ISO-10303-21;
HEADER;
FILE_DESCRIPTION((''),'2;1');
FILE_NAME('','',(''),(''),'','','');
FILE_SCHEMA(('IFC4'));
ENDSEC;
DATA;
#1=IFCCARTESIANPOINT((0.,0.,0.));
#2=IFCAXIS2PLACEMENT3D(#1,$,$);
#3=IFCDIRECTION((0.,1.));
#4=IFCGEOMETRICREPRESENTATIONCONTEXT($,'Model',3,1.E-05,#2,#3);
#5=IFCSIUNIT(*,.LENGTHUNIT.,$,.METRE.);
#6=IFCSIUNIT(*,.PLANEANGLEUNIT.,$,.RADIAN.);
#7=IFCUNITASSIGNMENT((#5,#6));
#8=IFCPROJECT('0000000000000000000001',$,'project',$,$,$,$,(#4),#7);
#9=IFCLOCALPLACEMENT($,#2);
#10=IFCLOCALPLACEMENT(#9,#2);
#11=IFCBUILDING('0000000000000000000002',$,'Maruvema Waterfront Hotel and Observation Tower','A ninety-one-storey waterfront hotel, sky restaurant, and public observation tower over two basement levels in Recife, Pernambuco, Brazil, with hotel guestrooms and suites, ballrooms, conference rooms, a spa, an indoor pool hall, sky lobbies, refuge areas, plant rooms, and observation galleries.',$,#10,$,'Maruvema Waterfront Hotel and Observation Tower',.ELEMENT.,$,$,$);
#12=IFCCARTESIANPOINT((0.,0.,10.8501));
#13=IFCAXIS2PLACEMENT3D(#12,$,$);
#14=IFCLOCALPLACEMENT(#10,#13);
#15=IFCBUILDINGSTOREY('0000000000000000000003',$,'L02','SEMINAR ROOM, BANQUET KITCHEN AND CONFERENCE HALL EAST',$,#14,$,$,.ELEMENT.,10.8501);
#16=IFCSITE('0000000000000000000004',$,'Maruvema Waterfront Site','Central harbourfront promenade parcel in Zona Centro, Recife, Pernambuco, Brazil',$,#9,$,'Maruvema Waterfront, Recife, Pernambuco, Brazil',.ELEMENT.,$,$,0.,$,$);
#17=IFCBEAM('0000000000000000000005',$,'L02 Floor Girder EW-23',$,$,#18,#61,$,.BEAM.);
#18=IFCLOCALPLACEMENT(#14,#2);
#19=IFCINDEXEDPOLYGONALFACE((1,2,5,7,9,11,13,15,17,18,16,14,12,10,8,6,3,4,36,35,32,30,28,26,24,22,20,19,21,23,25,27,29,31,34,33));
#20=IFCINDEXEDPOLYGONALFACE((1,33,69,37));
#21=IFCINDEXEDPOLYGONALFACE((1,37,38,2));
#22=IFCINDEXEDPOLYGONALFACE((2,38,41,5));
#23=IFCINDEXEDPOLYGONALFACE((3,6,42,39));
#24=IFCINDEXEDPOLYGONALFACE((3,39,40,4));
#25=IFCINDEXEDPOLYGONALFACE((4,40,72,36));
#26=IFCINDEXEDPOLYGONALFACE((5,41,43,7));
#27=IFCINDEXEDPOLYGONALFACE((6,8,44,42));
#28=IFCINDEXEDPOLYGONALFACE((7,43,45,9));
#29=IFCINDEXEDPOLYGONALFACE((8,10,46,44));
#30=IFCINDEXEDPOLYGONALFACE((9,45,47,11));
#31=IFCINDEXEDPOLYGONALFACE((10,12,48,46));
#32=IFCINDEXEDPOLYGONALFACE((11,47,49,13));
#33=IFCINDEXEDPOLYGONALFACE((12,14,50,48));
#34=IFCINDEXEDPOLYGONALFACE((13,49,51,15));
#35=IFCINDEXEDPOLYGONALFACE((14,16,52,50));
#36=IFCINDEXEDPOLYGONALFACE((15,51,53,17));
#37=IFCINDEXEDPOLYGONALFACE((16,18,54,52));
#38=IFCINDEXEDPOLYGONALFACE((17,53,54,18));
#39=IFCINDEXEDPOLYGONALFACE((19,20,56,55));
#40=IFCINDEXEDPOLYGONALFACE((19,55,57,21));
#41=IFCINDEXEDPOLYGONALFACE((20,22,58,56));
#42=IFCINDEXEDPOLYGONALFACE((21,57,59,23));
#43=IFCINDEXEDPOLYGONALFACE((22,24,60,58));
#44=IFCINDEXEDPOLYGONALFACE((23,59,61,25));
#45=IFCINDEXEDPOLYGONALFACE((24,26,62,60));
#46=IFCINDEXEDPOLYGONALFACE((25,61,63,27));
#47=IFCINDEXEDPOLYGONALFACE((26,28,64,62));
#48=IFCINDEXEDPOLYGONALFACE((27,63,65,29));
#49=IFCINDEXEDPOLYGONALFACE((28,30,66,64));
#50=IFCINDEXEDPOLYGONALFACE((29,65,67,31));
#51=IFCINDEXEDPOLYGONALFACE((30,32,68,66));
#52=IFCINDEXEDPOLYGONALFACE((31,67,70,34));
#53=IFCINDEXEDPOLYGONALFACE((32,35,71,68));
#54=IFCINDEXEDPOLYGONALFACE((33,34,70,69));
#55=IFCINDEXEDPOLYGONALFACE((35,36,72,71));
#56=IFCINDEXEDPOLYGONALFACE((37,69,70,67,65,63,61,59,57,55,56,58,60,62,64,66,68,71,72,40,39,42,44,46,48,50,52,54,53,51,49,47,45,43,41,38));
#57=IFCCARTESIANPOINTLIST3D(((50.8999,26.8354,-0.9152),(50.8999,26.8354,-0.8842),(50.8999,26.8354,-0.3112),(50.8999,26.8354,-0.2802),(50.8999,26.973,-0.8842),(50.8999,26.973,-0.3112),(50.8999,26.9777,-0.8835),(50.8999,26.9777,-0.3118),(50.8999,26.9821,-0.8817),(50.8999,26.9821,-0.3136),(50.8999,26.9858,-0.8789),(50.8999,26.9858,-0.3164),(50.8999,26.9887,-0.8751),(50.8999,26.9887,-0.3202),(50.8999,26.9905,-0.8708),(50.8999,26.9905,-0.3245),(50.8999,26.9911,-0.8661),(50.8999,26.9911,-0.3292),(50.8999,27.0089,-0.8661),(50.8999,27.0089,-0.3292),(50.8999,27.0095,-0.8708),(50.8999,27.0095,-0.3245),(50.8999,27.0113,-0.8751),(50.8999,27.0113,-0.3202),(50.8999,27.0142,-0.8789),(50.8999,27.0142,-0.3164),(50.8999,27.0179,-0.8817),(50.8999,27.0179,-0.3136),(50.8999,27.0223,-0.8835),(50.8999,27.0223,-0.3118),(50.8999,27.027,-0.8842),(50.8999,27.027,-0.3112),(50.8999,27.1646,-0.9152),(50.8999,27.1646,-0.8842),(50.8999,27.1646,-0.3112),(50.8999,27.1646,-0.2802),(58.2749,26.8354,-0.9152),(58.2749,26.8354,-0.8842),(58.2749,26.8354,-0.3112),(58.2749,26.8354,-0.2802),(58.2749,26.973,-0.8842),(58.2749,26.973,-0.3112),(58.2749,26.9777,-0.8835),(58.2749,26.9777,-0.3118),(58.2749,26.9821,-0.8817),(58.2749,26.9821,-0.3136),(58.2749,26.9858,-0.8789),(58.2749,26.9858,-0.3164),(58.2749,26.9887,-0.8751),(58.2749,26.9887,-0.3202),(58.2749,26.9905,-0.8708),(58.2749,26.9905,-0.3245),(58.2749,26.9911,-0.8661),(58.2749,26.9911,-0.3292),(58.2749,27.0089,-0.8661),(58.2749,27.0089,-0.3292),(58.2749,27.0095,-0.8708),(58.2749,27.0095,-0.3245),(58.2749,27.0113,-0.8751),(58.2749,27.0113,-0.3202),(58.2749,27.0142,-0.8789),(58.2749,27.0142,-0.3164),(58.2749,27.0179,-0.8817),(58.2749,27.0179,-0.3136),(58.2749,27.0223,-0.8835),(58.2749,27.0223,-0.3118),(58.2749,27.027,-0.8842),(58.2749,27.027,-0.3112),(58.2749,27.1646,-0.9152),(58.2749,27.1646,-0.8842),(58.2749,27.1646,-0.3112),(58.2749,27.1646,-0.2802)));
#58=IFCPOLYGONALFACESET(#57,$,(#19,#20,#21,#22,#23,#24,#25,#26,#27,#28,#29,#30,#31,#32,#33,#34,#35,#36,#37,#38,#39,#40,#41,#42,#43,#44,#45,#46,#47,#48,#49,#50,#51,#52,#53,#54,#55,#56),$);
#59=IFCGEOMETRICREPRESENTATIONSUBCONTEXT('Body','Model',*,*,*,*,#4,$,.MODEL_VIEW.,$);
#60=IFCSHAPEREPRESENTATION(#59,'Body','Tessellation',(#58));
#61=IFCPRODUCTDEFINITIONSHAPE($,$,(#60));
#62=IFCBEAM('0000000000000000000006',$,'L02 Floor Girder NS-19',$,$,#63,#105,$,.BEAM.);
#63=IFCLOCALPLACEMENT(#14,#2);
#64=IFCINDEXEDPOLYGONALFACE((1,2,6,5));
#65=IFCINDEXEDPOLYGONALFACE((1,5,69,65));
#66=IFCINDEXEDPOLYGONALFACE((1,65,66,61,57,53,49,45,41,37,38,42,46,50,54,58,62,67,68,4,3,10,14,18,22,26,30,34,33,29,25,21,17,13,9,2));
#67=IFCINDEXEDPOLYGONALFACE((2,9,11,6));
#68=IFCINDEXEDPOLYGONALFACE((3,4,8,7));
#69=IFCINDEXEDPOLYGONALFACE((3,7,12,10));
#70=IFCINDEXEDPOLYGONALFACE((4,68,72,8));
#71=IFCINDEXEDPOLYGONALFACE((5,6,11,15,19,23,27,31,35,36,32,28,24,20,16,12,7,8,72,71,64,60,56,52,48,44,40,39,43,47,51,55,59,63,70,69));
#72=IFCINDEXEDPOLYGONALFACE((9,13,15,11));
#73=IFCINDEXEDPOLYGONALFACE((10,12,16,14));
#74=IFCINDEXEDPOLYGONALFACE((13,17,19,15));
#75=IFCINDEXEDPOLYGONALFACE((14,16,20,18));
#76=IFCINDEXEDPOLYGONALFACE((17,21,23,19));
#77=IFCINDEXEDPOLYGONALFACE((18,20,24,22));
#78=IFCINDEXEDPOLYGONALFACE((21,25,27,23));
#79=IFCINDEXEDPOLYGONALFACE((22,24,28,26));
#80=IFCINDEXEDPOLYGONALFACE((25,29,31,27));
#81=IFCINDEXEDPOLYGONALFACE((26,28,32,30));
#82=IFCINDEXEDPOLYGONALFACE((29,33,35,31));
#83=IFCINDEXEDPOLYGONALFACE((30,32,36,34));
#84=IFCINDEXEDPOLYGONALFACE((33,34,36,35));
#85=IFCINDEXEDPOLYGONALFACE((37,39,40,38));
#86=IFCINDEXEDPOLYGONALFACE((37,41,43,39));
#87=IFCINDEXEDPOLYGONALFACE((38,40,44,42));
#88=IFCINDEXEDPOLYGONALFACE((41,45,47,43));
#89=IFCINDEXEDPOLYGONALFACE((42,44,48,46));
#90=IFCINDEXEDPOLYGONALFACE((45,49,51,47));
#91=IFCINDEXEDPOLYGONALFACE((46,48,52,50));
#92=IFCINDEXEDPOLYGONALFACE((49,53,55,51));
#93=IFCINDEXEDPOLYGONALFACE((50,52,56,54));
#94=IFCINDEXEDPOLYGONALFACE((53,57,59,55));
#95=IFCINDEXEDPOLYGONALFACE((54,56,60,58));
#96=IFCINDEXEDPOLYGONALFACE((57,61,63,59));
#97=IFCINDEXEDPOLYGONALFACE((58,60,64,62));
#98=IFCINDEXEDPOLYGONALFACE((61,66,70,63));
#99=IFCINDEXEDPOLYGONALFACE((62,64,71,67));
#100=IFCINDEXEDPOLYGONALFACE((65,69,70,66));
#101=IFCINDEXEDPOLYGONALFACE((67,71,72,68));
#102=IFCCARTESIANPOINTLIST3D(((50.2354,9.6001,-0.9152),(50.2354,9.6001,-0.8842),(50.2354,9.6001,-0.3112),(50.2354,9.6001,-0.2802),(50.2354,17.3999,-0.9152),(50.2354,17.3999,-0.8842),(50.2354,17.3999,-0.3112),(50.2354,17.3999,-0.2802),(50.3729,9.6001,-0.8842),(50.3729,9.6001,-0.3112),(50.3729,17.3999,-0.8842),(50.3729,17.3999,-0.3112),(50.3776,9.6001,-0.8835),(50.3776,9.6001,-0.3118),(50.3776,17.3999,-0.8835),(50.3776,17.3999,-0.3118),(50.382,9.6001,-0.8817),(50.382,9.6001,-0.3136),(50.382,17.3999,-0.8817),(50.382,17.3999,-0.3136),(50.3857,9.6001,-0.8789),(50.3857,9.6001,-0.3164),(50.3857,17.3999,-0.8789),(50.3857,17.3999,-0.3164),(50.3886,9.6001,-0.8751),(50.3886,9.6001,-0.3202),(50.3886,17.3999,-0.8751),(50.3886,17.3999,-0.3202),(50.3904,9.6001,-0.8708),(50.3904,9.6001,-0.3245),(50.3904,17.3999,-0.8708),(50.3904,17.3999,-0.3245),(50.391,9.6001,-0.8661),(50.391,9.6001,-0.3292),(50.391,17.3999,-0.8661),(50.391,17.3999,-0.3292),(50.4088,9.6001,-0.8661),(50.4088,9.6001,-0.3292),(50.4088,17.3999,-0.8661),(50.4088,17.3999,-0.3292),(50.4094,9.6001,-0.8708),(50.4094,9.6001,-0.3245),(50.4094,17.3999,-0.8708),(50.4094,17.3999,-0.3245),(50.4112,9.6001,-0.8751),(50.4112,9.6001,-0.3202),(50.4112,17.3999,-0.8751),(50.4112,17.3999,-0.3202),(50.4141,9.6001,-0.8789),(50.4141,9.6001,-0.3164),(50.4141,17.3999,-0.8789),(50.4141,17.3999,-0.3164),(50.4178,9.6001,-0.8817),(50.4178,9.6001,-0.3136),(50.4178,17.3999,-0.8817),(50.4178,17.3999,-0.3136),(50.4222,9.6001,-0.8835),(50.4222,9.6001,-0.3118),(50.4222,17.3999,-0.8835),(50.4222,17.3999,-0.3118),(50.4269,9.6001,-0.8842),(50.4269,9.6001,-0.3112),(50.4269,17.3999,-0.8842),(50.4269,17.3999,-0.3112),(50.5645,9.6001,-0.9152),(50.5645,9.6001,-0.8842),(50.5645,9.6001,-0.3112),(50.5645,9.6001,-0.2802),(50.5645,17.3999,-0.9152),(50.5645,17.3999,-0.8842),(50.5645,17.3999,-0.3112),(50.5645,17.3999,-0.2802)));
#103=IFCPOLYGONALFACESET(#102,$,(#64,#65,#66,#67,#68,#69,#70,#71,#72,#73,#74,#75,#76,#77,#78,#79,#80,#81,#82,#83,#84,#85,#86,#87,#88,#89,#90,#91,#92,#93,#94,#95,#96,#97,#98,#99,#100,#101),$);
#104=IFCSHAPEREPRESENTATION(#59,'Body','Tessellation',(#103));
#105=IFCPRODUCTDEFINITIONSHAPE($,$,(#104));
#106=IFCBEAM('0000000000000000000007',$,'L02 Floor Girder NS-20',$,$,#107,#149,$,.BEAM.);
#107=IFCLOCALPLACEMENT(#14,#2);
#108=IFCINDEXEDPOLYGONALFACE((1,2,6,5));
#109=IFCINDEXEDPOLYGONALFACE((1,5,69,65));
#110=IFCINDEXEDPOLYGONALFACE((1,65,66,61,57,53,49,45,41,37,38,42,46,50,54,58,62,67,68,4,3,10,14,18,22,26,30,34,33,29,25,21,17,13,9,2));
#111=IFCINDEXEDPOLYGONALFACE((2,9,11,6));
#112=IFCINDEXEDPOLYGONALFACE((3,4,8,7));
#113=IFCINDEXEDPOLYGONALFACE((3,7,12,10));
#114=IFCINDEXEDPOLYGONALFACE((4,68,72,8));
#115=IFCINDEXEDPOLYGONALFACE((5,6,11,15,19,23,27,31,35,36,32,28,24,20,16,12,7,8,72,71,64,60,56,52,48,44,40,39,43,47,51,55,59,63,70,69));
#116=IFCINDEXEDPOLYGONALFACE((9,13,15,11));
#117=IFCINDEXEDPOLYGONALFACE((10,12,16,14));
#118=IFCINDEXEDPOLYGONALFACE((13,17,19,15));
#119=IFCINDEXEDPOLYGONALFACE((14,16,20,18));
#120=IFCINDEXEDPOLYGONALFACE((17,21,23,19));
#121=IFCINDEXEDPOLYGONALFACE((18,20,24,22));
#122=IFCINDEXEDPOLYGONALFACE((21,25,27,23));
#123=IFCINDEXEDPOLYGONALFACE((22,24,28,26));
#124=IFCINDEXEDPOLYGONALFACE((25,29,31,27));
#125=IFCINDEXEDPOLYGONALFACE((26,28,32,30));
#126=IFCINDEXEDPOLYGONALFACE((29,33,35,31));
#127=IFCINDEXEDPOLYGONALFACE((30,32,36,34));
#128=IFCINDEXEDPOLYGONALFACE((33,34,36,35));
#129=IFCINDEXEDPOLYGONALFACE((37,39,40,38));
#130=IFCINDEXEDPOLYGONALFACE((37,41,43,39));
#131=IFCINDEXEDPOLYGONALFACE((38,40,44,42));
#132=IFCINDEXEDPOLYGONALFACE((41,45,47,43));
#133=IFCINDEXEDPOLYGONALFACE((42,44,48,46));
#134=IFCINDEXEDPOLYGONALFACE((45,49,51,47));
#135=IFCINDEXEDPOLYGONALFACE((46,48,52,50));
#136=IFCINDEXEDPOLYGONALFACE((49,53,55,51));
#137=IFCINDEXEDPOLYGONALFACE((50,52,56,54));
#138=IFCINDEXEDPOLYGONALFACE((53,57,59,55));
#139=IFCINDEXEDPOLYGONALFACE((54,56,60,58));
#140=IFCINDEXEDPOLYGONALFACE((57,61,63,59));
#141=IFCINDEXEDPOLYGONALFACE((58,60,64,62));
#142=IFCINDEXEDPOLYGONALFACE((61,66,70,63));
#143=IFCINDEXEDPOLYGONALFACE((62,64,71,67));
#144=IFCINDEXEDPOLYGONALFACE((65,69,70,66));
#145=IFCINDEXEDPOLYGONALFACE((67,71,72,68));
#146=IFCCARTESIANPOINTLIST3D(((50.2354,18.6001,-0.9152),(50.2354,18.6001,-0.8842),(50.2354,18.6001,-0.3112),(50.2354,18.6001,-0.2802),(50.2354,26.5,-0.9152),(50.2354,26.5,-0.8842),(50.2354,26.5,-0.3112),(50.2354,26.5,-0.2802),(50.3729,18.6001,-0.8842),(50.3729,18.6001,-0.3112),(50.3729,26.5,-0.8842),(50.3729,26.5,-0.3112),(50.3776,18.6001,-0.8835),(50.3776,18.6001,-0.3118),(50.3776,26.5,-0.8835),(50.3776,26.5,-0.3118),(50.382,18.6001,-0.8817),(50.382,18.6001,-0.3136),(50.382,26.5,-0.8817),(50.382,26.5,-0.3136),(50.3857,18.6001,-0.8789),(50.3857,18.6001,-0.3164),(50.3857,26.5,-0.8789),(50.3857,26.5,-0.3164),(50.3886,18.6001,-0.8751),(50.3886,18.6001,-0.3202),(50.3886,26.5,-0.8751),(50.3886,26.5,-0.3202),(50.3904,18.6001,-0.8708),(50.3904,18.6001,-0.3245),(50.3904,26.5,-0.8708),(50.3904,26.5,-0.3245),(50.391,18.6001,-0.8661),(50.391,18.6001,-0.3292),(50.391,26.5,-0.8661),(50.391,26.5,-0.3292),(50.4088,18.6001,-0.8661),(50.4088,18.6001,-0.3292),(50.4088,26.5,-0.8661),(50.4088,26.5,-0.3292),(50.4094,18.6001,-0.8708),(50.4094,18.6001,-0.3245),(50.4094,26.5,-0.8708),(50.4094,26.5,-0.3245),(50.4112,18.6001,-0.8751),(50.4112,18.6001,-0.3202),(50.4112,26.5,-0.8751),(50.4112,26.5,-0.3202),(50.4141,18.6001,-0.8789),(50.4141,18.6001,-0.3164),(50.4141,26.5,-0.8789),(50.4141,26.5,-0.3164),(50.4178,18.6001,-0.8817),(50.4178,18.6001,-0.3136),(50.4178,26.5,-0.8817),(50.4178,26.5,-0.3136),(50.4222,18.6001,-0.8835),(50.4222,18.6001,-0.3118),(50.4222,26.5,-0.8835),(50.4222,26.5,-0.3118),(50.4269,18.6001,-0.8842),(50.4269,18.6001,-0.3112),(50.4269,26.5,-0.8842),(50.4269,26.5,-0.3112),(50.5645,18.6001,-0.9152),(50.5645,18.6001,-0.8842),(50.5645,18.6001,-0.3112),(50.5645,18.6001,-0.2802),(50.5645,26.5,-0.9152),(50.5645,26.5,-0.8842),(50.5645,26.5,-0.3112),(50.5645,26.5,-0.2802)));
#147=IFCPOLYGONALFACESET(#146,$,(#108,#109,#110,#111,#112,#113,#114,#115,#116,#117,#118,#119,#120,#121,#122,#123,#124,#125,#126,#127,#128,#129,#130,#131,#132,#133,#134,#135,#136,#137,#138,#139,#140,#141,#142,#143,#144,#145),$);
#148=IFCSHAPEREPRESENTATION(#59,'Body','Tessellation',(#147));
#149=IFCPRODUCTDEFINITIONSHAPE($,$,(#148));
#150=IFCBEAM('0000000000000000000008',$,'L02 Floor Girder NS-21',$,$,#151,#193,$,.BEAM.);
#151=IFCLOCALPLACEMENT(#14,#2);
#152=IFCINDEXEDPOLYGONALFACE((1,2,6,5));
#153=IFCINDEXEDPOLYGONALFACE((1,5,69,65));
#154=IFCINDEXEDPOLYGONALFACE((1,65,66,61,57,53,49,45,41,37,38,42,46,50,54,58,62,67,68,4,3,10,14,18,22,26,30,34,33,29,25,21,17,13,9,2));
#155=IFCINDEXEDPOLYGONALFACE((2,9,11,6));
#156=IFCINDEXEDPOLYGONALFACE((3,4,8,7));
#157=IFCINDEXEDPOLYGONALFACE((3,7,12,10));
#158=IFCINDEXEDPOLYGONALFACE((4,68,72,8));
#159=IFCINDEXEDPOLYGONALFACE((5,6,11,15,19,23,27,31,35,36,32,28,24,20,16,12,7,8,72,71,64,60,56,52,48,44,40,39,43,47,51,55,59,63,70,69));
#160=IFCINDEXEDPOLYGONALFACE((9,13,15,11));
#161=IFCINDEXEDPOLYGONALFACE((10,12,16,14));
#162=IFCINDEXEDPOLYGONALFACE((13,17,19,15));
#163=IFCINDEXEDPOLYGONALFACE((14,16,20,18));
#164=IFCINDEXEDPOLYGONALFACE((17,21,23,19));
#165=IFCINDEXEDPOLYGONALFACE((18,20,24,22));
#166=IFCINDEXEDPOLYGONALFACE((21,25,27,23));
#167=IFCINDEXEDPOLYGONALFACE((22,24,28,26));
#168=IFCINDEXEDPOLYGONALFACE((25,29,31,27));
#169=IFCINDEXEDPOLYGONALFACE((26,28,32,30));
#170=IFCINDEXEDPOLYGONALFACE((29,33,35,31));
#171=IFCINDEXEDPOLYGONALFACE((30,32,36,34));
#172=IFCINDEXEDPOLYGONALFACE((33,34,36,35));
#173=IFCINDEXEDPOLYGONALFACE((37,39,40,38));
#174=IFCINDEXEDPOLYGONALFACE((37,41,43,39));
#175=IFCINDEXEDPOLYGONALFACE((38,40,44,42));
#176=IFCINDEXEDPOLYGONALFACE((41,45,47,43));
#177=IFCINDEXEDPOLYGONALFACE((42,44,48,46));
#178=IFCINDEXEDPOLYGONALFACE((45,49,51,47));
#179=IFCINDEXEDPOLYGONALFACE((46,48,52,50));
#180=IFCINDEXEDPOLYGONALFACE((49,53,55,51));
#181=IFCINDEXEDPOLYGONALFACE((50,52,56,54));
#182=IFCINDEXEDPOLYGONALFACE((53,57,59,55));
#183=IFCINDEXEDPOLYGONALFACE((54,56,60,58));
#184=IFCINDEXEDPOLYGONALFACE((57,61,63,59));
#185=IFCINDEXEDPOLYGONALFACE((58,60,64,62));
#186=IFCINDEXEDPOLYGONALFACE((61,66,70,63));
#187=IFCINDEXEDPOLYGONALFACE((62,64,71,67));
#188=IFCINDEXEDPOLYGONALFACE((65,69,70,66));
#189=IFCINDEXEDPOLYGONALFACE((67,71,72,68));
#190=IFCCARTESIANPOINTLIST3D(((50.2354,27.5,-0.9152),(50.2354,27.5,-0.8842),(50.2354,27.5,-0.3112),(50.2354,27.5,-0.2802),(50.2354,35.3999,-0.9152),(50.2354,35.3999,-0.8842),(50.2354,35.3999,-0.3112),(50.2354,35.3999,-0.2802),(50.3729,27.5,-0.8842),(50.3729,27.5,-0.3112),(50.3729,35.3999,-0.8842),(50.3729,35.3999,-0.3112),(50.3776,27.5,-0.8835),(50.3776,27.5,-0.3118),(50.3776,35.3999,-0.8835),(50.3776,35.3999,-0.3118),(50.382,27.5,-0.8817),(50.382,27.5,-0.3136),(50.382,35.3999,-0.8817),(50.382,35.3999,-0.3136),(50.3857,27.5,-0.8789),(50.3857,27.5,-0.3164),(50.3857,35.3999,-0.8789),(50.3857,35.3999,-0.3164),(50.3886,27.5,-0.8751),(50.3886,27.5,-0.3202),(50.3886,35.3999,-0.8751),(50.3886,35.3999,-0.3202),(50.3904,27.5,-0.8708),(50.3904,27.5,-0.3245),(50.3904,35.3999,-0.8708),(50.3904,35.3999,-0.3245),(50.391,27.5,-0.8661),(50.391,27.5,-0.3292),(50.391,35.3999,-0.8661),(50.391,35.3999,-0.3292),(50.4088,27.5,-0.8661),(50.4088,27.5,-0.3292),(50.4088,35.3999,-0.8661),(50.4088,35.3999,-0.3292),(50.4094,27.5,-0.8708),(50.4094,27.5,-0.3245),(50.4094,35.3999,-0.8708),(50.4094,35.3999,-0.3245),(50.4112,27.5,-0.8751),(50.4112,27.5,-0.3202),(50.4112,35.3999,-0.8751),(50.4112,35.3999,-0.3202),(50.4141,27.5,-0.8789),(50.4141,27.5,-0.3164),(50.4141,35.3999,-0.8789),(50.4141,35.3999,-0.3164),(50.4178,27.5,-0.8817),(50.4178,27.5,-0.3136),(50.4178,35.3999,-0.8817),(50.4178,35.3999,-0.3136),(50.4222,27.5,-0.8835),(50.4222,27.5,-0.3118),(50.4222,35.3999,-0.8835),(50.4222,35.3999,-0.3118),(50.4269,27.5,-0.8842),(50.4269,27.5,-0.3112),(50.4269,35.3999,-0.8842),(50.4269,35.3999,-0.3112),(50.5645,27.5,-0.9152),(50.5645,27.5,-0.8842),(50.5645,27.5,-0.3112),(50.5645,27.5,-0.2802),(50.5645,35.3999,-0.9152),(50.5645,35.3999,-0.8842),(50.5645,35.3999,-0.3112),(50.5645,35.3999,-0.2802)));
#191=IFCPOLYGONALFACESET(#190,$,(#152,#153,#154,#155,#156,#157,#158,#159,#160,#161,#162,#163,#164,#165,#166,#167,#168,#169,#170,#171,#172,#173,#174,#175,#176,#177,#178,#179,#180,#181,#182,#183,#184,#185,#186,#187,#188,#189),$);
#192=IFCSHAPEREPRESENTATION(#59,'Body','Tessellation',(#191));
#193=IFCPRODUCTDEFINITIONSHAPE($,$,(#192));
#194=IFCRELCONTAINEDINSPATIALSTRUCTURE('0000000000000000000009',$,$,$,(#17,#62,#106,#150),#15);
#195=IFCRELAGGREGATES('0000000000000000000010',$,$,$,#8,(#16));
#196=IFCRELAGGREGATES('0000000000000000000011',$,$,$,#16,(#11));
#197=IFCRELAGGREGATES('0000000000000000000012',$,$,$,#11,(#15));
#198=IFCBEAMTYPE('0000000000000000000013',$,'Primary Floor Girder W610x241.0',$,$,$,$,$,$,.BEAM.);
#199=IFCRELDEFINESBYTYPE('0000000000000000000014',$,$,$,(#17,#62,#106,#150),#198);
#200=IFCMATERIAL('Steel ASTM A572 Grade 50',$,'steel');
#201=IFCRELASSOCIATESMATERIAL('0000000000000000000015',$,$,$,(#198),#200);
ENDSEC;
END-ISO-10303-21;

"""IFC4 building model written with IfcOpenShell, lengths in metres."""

from ifc_helpers import new_model, si_unit, direction, frame, origin, origin_2d, place, context, subcontext, project, spatial, i_section, extrude, material, material_profile, profile_set, type_object, element, save


model = new_model("IFC4")

# Units and contexts
model_context = context("Model", 3, precision=1e-05, world=origin(), true_north=direction((0.0, 1.0)))
body_context = subcontext(model_context, "Body", "Model", "MODEL_VIEW")
ifc_project = project(units=[si_unit("LENGTHUNIT", "METRE"), si_unit("PLANEANGLEUNIT", "RADIAN")], contexts=[model_context])

# Site, building, storey
site_placement = place(None, origin())
site = spatial("IfcSite", under=ifc_project, at=site_placement, Name="Maruvema Waterfront Site", Description="Central harbourfront promenade parcel in Zona Centro, Recife, Pernambuco, Brazil", LongName="Maruvema Waterfront, Recife, Pernambuco, Brazil", CompositionType="ELEMENT", RefElevation=0.0)
building_placement = place(site_placement, origin())
building = spatial("IfcBuilding", under=site, at=building_placement, Name="Maruvema Waterfront Hotel and Observation Tower", Description="A ninety-one-storey waterfront hotel, sky restaurant, and public observation tower over two basement levels in Recife, Pernambuco, Brazil, with hotel guestrooms and suites, ballrooms, conference rooms, a spa, an indoor pool hall, sky lobbies, refuge areas, plant rooms, and observation galleries.", LongName="Maruvema Waterfront Hotel and Observation Tower", CompositionType="ELEMENT")
storey_placement = place(building_placement, frame((0.0, 0.0, 10.8501)))
storey = spatial("IfcBuildingStorey", under=building, at=storey_placement, Name="L02", Description="SEMINAR ROOM, BANQUET KITCHEN AND CONFERENCE HALL EAST", CompositionType="ELEMENT", Elevation=10.8501)

# Beams
ifc_material_1 = material(Name="Steel ASTM A572 Grade 50", Category="steel")
ifc_material_profile_1 = material_profile(ifc_material_1, i_section(OverallWidth=0.3291, OverallDepth=0.635, WebThickness=0.0178, FlangeThickness=0.031, FilletRadius=0.0181, at=origin_2d()), Name="W610x241.0")
ifc_profile_set_1 = profile_set([ifc_material_profile_1], Name="Steel ASTM A572 Grade 50")
beam_type_1 = type_object("IfcBeamType", Name="Primary Floor Girder W610x241.0", PredefinedType="BEAM", material=ifc_profile_set_1)
beam_1_placement = place(storey_placement, frame((50.8999, 27.0, -0.5977), z_axis=(1.0, 0.0, 0.0), x_axis=(0.0, 1.0, 0.0)))
element("IfcBeam", 1, at=beam_1_placement, inside=storey, type_object=beam_type_1, Name="L02 Floor Girder EW-23", PredefinedType="BEAM", context=body_context, shape_type="SweptSolid", body=[
    extrude(i_section(OverallWidth=0.3291, OverallDepth=0.635, WebThickness=0.0178, FlangeThickness=0.031, FilletRadius=0.0181, at=origin_2d()), origin(), (0.0, 0.0, 1.0), 7.375),
])
beam_2_placement = place(storey_placement, frame((50.3999, 9.6001, -0.5977), z_axis=(0.0, 1.0, 0.0), x_axis=(-1.0, 0.0, 0.0)))
element("IfcBeam", 2, at=beam_2_placement, inside=storey, type_object=beam_type_1, Name="L02 Floor Girder NS-19", PredefinedType="BEAM", context=body_context, shape_type="SweptSolid", body=[
    extrude(i_section(OverallWidth=0.3291, OverallDepth=0.635, WebThickness=0.0178, FlangeThickness=0.031, FilletRadius=0.0181, at=origin_2d()), origin(), (0.0, 0.0, 1.0), 7.7998),
])
for number, where, z_axis, x_axis, name in (
    (3, (50.3999, 18.6001, -0.5977), (0.0, 1.0, 0.0), (-1.0, 0.0, 0.0), "L02 Floor Girder NS-20"),
    (4, (50.3999, 27.5, -0.5977), (0.0, 1.0, 0.0), (-1.0, 0.0, 0.0), "L02 Floor Girder NS-21"),
):
    element("IfcBeam", number, at=place(storey_placement, frame(where, z_axis=z_axis, x_axis=x_axis)), inside=storey, type_object=beam_type_1, Name=name, PredefinedType="BEAM", context=body_context, shape_type="SweptSolid", body=[
        extrude(i_section(OverallWidth=0.3291, OverallDepth=0.635, WebThickness=0.0178, FlangeThickness=0.031, FilletRadius=0.0181, at=origin_2d()), origin(), (0.0, 0.0, 1.0), 7.8999),
    ])

save(model, "model.ifc")
